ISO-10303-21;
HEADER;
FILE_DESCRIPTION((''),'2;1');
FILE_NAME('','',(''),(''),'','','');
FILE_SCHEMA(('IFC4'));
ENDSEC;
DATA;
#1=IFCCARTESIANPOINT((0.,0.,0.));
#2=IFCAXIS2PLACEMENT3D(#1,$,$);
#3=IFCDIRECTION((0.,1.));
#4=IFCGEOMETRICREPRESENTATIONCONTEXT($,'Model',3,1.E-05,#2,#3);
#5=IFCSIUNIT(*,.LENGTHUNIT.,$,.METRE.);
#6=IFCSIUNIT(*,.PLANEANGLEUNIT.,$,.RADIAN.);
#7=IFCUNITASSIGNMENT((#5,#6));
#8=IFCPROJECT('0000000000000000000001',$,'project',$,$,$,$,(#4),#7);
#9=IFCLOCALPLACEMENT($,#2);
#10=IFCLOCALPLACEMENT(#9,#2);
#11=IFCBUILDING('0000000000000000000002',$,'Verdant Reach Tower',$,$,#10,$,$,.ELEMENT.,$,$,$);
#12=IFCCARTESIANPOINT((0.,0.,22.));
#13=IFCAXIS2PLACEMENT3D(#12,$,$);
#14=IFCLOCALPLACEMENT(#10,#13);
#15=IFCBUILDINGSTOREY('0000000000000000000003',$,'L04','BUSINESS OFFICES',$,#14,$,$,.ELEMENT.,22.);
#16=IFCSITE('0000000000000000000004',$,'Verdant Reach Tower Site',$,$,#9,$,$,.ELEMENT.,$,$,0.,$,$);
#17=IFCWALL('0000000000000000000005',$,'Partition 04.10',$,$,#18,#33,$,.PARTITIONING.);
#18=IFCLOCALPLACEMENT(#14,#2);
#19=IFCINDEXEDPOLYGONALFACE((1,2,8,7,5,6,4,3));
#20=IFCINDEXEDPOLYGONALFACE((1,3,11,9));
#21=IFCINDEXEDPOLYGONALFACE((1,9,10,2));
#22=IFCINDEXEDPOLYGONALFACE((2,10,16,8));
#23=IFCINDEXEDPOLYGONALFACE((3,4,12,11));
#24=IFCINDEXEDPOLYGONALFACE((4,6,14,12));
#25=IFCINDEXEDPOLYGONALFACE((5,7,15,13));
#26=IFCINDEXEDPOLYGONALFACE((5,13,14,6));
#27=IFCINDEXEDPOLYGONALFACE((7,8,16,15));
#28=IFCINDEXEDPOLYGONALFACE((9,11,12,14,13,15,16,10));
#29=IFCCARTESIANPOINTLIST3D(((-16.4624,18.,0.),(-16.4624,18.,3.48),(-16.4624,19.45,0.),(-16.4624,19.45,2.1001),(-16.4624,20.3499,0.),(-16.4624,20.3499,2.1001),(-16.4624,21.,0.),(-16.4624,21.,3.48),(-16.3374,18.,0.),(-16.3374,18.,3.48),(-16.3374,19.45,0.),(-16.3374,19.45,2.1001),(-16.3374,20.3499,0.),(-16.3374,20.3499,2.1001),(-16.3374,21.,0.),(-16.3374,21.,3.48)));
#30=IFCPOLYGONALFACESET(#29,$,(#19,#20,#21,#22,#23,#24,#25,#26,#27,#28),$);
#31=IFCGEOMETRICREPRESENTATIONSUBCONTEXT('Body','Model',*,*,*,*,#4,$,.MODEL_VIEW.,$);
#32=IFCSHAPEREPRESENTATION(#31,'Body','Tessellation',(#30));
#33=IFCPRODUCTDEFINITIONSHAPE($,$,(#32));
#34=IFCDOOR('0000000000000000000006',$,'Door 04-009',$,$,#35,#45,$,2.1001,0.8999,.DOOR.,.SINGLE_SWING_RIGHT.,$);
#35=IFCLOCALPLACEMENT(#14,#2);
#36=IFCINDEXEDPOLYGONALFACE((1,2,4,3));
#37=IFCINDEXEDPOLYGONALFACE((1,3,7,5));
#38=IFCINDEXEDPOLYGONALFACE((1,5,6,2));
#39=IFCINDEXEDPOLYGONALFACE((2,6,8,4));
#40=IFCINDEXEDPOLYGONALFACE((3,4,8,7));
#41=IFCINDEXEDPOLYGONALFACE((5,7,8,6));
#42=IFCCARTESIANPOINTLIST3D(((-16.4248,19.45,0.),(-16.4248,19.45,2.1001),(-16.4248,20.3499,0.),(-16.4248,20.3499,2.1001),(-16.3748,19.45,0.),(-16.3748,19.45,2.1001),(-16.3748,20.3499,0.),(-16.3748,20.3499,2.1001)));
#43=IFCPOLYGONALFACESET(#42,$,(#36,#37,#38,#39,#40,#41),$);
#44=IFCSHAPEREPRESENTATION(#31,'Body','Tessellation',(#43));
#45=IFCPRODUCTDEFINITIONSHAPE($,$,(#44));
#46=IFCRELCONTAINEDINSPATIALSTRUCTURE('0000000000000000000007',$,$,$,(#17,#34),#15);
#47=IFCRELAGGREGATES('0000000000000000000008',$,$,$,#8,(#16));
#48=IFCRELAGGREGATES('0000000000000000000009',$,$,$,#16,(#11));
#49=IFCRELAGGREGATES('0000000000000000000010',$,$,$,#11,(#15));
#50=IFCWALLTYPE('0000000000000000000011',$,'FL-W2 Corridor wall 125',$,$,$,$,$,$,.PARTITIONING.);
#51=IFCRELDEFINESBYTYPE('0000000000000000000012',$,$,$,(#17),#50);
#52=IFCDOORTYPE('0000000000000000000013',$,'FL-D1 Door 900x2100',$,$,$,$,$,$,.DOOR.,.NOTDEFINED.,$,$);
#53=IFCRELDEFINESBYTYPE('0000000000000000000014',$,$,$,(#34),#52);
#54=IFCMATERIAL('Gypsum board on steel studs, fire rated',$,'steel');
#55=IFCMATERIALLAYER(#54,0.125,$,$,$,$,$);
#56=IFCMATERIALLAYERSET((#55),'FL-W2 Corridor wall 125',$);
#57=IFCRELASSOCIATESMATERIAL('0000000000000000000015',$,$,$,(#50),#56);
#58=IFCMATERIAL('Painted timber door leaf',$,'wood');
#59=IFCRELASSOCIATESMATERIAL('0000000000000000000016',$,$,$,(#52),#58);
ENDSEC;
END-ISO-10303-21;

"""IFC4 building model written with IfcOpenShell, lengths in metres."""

from ifc_helpers import new_model, si_unit, direction, frame, frame_2d, origin, place, context, subcontext, project, spatial, rectangle, extrude, material, layer, layer_set, type_object, element, fill, save


model = new_model("IFC4")

# Units and contexts
model_context = context("Model", 3, precision=1e-05, world=origin(), true_north=direction((0.0, 1.0)))
body_context = subcontext(model_context, "Body", "Model", "MODEL_VIEW")
ifc_project = project(units=[si_unit("LENGTHUNIT", "METRE"), si_unit("PLANEANGLEUNIT", "RADIAN")], contexts=[model_context])

# Site, building, storey
site_placement = place(None, origin())
site = spatial("IfcSite", under=ifc_project, at=site_placement, Name="Verdant Reach Tower Site", CompositionType="ELEMENT", RefElevation=0.0)
building_placement = place(site_placement, origin())
building = spatial("IfcBuilding", under=site, at=building_placement, Name="Verdant Reach Tower", CompositionType="ELEMENT")
storey_placement = place(building_placement, frame((0.0, 0.0, 22.0)))
storey = spatial("IfcBuildingStorey", under=building, at=storey_placement, Name="L04", Description="BUSINESS OFFICES", CompositionType="ELEMENT", Elevation=22.0)

# Shared definitions
ifc_material_1 = material(Name="Gypsum board on steel studs, fire rated", Category="steel")
ifc_layer_1 = layer(ifc_material_1, 0.125)
ifc_layer_set_1 = layer_set([ifc_layer_1], Name="FL-W2 Corridor wall 125")
wall_type_1 = type_object("IfcWallType", Name="FL-W2 Corridor wall 125", PredefinedType="PARTITIONING", material=ifc_layer_set_1)

# Wall, opening, door
ifc_material_2 = material(Name="Painted timber door leaf", Category="wood")
door_type_1 = type_object("IfcDoorType", Name="FL-D1 Door 900x2100", OperationType="NOTDEFINED", PredefinedType="DOOR", material=ifc_material_2)
wall_1_placement = place(storey_placement, frame((-16.3999, 18.0, 0.0), z_axis=(0.0, 0.0, 1.0), x_axis=(0.0, 1.0, 0.0)))
wall_1 = element("IfcWall", 1, at=wall_1_placement, inside=storey, type_object=wall_type_1, Name="Partition 04.10", PredefinedType="PARTITIONING", context=body_context, shape_type="SweptSolid", body=[
    extrude(rectangle(XDim=3.0, YDim=0.125, at=frame_2d((1.5, 0.0))), origin(), (0.0, 0.0, 1.0), 3.48),
])
opening_1_placement = place(wall_1_placement, frame((1.45, 0.0, 0.0)))
opening_1 = element("IfcOpeningElement", 2, at=opening_1_placement, cuts=wall_1, PredefinedType="OPENING", context=body_context, shape_type="SweptSolid", body=[
    extrude(rectangle(XDim=0.8999, YDim=2.1001, at=frame_2d((0.45, 1.05))), frame((0.0, 0.0725, 0.0), z_axis=(0.0, -1.0, 0.0), x_axis=(1.0, 0.0, 0.0)), (0.0, 0.0, 1.0), 0.145),
])
door_1_placement = place(opening_1_placement, origin())
door_1 = element("IfcDoor", 3, at=door_1_placement, inside=storey, type_object=door_type_1, Name="Door 04-009", OperationType="SINGLE_SWING_RIGHT", OverallHeight=2.1001, OverallWidth=0.8999, PredefinedType="DOOR", context=body_context, shape_type="SweptSolid", body=[
    extrude(rectangle(XDim=0.8999, YDim=2.1001, at=frame_2d((0.45, 1.05))), frame((0.0, 0.0249, 0.0), z_axis=(0.0, -1.0, 0.0), x_axis=(1.0, 0.0, 0.0)), (0.0, 0.0, 1.0), 0.05),
])
fill(opening_1, door_1)

save(model, "model.ifc")
